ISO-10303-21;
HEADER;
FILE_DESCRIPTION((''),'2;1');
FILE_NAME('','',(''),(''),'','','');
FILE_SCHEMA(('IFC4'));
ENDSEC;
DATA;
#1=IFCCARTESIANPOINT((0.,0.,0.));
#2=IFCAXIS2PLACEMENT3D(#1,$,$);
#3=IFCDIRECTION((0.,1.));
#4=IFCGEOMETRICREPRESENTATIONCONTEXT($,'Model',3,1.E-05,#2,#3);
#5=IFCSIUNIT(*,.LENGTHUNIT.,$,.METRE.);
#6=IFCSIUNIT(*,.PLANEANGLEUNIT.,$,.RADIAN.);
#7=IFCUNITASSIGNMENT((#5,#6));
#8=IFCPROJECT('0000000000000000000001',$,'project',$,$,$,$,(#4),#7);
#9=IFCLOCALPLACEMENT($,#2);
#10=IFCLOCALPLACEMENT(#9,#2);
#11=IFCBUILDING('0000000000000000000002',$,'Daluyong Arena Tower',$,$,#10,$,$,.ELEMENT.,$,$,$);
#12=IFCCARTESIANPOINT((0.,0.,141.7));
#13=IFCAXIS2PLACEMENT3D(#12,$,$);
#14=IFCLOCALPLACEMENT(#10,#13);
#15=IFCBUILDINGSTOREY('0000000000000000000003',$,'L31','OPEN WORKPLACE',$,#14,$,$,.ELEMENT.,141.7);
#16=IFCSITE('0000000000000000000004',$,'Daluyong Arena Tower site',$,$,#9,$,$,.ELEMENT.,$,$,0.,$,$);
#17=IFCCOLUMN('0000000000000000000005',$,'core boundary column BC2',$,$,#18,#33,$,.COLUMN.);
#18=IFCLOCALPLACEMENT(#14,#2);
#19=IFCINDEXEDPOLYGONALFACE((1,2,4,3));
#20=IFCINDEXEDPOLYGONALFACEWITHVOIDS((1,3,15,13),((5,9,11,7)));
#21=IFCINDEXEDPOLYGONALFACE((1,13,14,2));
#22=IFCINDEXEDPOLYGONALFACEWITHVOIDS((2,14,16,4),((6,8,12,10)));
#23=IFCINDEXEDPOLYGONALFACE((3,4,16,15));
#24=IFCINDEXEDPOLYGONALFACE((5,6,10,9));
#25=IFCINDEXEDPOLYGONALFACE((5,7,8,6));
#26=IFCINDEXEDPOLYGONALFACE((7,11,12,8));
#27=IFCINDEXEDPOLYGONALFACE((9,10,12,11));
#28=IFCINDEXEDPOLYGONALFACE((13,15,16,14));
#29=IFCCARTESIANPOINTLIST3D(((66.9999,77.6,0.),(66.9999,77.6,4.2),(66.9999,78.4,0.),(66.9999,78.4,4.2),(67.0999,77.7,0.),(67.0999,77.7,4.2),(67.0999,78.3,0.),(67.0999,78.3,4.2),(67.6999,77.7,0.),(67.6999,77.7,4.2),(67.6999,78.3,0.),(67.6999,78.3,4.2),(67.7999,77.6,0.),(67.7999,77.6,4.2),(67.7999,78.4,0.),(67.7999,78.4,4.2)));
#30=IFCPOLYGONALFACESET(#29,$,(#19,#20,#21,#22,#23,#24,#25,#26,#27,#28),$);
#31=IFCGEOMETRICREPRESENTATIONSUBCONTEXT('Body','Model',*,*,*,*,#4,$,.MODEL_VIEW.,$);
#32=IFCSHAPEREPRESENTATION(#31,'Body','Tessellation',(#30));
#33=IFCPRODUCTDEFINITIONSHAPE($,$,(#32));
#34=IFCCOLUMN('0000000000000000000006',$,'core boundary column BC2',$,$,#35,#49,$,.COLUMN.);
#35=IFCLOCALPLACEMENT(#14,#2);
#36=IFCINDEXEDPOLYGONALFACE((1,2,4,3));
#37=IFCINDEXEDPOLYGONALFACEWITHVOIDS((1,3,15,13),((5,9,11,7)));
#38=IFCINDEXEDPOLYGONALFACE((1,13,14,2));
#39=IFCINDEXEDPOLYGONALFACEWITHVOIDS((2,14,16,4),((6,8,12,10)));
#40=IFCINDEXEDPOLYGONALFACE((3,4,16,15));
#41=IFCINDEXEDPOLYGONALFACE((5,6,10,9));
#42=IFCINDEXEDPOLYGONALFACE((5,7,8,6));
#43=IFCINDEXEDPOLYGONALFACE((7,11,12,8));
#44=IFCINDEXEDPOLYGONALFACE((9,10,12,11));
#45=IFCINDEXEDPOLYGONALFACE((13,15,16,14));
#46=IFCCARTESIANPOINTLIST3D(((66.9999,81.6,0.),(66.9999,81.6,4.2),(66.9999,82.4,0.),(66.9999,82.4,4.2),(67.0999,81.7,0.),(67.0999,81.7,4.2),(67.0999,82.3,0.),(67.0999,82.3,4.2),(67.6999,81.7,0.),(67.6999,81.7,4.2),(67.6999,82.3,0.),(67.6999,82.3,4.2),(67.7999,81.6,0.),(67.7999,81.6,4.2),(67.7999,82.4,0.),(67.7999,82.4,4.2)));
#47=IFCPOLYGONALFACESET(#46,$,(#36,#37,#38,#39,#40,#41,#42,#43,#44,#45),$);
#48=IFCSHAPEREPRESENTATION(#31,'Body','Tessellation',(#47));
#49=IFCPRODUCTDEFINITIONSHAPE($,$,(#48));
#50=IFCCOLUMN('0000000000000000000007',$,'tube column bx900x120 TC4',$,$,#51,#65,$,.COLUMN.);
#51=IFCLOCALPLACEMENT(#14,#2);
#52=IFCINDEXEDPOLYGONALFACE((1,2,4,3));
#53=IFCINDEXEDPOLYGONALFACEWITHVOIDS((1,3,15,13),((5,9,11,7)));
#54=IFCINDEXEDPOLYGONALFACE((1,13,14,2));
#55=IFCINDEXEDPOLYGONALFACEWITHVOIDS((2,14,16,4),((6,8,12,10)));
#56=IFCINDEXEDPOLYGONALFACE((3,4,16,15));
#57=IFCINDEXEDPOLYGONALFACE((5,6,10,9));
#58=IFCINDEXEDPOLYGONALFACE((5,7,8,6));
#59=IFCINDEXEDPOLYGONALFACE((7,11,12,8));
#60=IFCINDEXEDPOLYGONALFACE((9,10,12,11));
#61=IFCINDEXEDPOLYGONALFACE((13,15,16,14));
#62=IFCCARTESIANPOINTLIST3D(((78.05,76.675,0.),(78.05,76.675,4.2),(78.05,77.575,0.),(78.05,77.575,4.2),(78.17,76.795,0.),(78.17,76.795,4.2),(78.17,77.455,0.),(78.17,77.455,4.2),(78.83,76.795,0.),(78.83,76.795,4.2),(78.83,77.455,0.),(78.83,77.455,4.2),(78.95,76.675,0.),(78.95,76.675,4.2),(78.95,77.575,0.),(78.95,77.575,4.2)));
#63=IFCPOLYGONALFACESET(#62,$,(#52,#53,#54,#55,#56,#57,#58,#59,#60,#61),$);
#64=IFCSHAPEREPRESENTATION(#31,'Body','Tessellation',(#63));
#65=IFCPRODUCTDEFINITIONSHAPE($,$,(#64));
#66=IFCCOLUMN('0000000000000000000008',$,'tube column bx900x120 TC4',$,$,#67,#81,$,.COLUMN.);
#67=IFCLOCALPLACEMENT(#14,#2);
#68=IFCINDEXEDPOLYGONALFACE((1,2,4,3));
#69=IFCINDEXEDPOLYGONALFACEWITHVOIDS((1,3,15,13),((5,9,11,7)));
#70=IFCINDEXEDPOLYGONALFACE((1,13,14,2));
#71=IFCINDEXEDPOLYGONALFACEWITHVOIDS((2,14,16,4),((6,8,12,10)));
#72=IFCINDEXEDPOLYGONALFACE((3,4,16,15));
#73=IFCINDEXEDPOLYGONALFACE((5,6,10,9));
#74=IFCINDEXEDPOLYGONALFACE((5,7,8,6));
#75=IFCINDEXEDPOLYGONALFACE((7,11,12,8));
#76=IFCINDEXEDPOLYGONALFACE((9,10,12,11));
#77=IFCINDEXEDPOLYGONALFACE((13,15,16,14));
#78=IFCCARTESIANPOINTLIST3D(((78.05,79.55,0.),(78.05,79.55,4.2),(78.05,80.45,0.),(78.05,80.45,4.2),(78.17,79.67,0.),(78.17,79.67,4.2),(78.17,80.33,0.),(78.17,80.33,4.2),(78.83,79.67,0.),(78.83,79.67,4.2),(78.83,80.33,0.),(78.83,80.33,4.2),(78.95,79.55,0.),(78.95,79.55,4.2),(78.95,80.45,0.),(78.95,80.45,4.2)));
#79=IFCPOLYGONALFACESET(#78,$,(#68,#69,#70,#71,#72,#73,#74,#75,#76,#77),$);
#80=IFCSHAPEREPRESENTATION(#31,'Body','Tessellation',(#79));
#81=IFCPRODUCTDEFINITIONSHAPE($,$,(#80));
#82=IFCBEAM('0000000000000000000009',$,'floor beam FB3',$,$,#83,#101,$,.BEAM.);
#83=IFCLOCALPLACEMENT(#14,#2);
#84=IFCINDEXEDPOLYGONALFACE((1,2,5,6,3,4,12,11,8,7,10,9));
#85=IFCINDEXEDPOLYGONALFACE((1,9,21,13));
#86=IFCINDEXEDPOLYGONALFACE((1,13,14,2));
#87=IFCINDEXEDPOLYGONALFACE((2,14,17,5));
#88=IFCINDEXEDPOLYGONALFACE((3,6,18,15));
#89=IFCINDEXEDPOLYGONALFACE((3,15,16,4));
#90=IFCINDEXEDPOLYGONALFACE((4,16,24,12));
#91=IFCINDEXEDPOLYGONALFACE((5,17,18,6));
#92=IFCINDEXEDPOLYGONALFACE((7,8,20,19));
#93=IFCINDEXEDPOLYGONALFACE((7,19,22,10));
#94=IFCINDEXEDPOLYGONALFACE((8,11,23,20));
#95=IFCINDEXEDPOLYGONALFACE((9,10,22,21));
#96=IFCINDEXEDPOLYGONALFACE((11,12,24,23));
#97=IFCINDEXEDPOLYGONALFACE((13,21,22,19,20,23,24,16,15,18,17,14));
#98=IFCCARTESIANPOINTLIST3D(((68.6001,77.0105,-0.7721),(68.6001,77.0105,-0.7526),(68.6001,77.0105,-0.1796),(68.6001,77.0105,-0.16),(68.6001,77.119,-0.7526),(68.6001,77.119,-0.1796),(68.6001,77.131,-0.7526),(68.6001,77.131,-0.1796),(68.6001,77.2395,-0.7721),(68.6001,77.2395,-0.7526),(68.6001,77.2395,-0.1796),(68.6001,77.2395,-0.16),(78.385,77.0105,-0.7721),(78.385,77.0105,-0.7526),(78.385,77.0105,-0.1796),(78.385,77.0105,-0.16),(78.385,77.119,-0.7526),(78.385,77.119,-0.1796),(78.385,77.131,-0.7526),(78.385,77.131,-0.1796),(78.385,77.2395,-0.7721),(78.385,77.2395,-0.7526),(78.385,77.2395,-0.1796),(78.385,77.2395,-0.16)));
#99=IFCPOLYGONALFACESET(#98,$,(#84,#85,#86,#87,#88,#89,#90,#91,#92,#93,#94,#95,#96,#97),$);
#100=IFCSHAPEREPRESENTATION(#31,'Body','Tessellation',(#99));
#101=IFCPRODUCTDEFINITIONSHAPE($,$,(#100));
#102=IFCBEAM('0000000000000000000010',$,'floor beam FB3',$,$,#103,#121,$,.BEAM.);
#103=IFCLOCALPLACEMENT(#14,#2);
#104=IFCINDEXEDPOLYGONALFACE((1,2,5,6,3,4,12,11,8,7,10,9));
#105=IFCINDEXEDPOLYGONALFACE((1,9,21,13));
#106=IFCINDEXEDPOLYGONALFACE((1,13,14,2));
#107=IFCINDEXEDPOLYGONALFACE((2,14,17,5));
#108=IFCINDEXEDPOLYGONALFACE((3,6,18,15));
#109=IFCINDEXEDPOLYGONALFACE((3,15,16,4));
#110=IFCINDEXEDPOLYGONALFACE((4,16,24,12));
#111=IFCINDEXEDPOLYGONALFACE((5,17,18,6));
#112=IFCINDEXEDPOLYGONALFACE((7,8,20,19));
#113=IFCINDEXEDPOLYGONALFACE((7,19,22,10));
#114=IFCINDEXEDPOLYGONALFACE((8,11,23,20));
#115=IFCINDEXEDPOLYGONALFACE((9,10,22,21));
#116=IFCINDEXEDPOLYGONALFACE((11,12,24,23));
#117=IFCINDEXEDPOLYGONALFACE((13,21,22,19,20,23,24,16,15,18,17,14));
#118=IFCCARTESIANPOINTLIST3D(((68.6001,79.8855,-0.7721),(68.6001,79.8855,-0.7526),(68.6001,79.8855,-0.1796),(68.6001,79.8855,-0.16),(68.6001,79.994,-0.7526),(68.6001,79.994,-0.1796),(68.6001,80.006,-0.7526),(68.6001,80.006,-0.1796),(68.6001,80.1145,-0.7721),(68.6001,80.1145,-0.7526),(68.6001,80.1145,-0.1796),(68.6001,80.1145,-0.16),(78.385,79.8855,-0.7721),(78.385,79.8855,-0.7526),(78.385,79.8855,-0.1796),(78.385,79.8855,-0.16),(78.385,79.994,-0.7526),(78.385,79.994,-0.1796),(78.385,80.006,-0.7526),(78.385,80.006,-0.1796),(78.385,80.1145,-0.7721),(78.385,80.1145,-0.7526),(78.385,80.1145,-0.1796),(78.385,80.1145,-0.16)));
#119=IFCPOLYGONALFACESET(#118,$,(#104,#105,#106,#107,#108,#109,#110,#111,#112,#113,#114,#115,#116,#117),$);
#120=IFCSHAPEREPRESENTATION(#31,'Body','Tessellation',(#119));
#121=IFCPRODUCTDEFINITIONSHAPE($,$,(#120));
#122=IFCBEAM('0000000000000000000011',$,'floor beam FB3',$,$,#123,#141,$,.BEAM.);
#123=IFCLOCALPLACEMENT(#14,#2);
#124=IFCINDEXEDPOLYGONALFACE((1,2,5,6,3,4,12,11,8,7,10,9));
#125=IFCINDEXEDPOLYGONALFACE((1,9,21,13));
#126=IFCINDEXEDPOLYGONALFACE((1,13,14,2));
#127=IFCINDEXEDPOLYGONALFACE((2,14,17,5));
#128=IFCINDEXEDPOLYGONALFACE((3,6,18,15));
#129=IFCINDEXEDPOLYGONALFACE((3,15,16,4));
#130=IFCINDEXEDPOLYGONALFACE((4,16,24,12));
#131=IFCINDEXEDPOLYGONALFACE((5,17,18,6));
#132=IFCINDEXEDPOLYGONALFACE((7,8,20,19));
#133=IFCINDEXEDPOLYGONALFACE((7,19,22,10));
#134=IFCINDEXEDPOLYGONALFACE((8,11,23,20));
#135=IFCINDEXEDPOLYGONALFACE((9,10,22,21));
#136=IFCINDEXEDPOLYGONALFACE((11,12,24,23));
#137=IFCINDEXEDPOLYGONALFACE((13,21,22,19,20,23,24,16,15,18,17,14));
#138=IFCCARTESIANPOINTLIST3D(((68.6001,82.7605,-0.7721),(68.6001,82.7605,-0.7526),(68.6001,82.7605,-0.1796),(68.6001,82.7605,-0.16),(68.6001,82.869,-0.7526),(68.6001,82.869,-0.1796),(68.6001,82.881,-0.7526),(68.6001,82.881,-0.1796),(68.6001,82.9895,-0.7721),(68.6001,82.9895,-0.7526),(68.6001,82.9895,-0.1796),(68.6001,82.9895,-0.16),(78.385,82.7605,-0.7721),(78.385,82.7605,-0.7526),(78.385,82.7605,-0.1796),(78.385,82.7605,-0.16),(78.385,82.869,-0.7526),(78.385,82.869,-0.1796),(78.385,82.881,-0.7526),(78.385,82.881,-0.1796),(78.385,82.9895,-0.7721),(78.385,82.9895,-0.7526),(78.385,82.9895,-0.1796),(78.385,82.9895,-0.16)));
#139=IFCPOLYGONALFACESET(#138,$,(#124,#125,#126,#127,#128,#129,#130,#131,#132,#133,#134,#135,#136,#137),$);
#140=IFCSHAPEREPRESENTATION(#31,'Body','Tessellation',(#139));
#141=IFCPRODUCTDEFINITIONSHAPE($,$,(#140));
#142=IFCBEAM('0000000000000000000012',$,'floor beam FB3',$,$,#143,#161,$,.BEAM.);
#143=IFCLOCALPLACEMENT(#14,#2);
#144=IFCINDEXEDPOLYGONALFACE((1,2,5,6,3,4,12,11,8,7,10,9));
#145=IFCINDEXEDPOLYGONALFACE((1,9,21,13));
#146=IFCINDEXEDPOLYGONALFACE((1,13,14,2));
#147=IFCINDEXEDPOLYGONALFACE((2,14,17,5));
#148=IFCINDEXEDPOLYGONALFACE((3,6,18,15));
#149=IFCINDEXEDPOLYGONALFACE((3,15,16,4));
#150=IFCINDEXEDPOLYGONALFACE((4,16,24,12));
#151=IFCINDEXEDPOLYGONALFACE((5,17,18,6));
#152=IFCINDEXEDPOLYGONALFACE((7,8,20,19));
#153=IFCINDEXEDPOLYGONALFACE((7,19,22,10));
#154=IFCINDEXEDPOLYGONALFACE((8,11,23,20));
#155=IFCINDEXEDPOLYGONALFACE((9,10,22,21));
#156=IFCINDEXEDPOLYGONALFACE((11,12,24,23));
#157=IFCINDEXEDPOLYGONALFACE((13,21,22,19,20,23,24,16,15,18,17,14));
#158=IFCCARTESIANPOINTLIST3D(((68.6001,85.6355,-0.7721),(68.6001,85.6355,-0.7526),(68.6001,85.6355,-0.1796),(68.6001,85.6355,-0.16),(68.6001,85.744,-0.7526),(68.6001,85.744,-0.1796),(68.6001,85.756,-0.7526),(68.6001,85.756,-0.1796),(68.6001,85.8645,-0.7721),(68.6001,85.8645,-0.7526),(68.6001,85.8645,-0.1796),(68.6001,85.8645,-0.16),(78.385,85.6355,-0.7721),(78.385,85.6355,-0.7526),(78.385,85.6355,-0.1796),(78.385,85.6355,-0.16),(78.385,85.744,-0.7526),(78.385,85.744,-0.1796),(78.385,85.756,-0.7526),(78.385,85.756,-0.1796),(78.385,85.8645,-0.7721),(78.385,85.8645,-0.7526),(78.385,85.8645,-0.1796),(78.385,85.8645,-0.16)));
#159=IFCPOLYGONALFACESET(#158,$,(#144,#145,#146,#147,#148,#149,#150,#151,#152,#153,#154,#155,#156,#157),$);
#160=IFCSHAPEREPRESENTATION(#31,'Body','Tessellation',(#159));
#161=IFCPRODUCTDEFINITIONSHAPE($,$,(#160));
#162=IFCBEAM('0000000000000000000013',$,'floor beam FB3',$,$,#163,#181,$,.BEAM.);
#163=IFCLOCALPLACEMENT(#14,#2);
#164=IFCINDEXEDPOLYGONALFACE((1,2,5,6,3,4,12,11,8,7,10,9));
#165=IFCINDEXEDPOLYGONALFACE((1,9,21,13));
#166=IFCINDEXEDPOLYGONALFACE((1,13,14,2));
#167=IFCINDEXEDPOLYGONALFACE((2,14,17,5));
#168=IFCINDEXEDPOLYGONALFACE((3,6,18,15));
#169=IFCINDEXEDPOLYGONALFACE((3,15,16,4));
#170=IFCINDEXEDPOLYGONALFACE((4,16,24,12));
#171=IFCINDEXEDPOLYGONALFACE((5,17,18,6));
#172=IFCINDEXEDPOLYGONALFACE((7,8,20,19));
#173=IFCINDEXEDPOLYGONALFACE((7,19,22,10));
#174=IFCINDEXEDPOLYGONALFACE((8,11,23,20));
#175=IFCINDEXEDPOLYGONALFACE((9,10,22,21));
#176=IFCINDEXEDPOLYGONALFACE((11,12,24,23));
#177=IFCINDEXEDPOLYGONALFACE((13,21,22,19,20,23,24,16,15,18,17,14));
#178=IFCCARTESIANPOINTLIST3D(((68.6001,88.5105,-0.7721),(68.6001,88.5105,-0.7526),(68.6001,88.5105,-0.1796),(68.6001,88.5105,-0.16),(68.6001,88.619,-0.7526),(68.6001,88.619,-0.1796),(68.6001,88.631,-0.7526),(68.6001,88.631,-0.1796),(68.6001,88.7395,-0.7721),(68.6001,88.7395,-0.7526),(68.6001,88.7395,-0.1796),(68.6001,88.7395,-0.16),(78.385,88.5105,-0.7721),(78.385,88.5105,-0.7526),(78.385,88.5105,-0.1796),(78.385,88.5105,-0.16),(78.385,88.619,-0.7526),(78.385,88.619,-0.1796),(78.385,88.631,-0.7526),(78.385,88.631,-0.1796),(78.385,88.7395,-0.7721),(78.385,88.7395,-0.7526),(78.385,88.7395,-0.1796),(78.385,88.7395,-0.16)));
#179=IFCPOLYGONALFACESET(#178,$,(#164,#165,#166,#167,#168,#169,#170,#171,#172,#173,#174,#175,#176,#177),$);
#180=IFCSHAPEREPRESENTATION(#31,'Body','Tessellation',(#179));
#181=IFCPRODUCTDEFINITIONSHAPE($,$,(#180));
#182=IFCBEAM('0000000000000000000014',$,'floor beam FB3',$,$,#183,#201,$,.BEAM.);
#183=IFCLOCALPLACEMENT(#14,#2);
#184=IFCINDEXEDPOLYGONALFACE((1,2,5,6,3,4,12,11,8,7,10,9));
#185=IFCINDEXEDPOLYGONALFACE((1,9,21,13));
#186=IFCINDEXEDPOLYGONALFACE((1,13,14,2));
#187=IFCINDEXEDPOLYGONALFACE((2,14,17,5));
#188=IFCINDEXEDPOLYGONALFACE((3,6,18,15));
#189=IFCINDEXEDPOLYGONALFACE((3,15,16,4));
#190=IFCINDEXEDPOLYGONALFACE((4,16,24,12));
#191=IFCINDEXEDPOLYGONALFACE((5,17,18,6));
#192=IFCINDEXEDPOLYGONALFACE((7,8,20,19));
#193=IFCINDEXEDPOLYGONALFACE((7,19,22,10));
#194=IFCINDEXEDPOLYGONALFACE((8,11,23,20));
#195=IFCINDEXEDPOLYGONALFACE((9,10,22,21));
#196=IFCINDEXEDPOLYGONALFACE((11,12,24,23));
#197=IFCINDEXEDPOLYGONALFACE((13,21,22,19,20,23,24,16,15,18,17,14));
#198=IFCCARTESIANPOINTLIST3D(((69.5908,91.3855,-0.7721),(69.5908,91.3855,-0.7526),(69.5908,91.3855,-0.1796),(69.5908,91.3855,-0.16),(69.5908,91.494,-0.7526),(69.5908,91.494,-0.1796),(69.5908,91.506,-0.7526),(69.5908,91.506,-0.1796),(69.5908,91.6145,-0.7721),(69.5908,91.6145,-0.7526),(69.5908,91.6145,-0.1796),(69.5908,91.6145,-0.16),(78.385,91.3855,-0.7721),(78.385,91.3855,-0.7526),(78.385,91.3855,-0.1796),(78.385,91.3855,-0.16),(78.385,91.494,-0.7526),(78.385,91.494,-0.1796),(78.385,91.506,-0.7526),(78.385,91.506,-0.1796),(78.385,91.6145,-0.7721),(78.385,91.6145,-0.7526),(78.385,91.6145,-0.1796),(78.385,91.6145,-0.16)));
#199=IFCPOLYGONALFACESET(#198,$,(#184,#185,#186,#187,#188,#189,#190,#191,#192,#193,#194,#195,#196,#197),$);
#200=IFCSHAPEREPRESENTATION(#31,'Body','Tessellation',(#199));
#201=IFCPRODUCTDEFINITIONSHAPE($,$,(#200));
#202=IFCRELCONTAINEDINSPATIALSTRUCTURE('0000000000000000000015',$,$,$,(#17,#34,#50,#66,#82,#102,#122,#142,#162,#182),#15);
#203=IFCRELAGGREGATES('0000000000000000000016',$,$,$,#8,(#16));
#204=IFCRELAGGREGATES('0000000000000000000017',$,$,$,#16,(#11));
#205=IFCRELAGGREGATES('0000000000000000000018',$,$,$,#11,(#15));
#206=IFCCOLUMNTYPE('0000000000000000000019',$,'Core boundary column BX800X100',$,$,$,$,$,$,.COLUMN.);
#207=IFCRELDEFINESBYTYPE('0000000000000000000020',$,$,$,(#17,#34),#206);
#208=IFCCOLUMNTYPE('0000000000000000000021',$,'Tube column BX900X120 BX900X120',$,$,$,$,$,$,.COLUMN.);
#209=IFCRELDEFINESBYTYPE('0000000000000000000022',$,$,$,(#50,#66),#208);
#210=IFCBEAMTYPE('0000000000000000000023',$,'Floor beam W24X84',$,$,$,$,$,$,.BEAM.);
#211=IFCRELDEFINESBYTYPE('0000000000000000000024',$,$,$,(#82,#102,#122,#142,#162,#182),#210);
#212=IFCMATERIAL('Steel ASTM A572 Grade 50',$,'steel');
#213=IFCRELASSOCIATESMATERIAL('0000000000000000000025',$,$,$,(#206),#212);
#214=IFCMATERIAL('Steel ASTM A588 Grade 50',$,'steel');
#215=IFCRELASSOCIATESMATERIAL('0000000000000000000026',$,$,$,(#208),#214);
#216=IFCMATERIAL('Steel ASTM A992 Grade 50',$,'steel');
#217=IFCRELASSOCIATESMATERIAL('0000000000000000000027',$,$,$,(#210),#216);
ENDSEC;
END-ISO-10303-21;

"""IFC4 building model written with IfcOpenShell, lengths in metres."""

from ifc_helpers import new_model, si_unit, direction, frame, origin, origin_2d, place, context, subcontext, project, spatial, hollow_rectangle, i_section, extrude, material, material_profile, profile_set, type_object, element, save


model = new_model("IFC4")

# Units and contexts
model_context = context("Model", 3, precision=1e-05, world=origin(), true_north=direction((0.0, 1.0)))
body_context = subcontext(model_context, "Body", "Model", "MODEL_VIEW")
ifc_project = project(units=[si_unit("LENGTHUNIT", "METRE"), si_unit("PLANEANGLEUNIT", "RADIAN")], contexts=[model_context])

# Site, building, storey
site_placement = place(None, origin())
site = spatial("IfcSite", under=ifc_project, at=site_placement, Name="Daluyong Arena Tower site", CompositionType="ELEMENT", RefElevation=0.0)
building_placement = place(site_placement, origin())
building = spatial("IfcBuilding", under=site, at=building_placement, Name="Daluyong Arena Tower", CompositionType="ELEMENT")
storey_placement = place(building_placement, frame((0.0, 0.0, 141.7)))
storey = spatial("IfcBuildingStorey", under=building, at=storey_placement, Name="L31", Description="OPEN WORKPLACE", CompositionType="ELEMENT", Elevation=141.7)

# Columns
ifc_material_1 = material(Name="Steel ASTM A572 Grade 50", Category="steel")
ifc_material_profile_1 = material_profile(ifc_material_1, hollow_rectangle(XDim=0.8, YDim=0.8, WallThickness=0.1, at=origin_2d()))
ifc_profile_set_1 = profile_set([ifc_material_profile_1], Name="Steel ASTM A572 Grade 50")
column_type_1 = type_object("IfcColumnType", Name="Core boundary column BX800X100", PredefinedType="COLUMN", material=ifc_profile_set_1)
for number, where, z_axis, x_axis, name in (
    (1, (67.3999, 78.0, 0.0), (0.0, 0.0, 1.0), (1.0, 0.0, 0.0), "core boundary column BC2"),
    (2, (67.3999, 82.0, 0.0), (0.0, 0.0, 1.0), (1.0, 0.0, 0.0), "core boundary column BC2"),
):
    element("IfcColumn", number, at=place(storey_placement, frame(where, z_axis=z_axis, x_axis=x_axis)), inside=storey, type_object=column_type_1, Name=name, PredefinedType="COLUMN", context=body_context, shape_type="SweptSolid", body=[
        extrude(hollow_rectangle(XDim=0.8, YDim=0.8, WallThickness=0.1, at=origin_2d()), origin(), (0.0, 0.0, 1.0), 4.2),
    ])
ifc_material_2 = material(Name="Steel ASTM A588 Grade 50", Category="steel")
ifc_material_profile_2 = material_profile(ifc_material_2, hollow_rectangle(XDim=0.8999, YDim=0.8999, WallThickness=0.12, at=origin_2d()))
ifc_profile_set_2 = profile_set([ifc_material_profile_2], Name="Steel ASTM A588 Grade 50")
column_type_2 = type_object("IfcColumnType", Name="Tube column BX900X120 BX900X120", PredefinedType="COLUMN", material=ifc_profile_set_2)
for number, where, z_axis, x_axis, name in (
    (3, (78.5, 77.125, 0.0), (0.0, 0.0, 1.0), (0.0, 1.0, 0.0), "tube column bx900x120 TC4"),
    (4, (78.5, 80.0, 0.0), (0.0, 0.0, 1.0), (0.0, 1.0, 0.0), "tube column bx900x120 TC4"),
):
    element("IfcColumn", number, at=place(storey_placement, frame(where, z_axis=z_axis, x_axis=x_axis)), inside=storey, type_object=column_type_2, Name=name, PredefinedType="COLUMN", context=body_context, shape_type="SweptSolid", body=[
        extrude(hollow_rectangle(XDim=0.8999, YDim=0.8999, WallThickness=0.12, at=origin_2d()), origin(), (0.0, 0.0, 1.0), 4.2),
    ])

# Beams
ifc_material_3 = material(Name="Steel ASTM A992 Grade 50", Category="steel")
ifc_material_profile_3 = material_profile(ifc_material_3, i_section(OverallWidth=0.229, OverallDepth=0.6121, WebThickness=0.012, FlangeThickness=0.0195, at=origin_2d()))
ifc_profile_set_3 = profile_set([ifc_material_profile_3], Name="Steel ASTM A992 Grade 50")
beam_type_1 = type_object("IfcBeamType", Name="Floor beam W24X84", PredefinedType="BEAM", material=ifc_profile_set_3)
for number, where, z_axis, x_axis, name in (
    (5, (78.385, 77.125, -0.4661), (-1.0, 0.0, 0.0), (0.0, -1.0, 0.0), "floor beam FB3"),
    (6, (78.385, 80.0, -0.4661), (-1.0, 0.0, 0.0), (0.0, -1.0, 0.0), "floor beam FB3"),
    (7, (78.385, 82.875, -0.4661), (-1.0, 0.0, 0.0), (0.0, -1.0, 0.0), "floor beam FB3"),
    (8, (78.385, 85.75, -0.4661), (-1.0, 0.0, 0.0), (0.0, -1.0, 0.0), "floor beam FB3"),
    (9, (78.385, 88.625, -0.4661), (-1.0, 0.0, 0.0), (0.0, -1.0, 0.0), "floor beam FB3"),
):
    element("IfcBeam", number, at=place(storey_placement, frame(where, z_axis=z_axis, x_axis=x_axis)), inside=storey, type_object=beam_type_1, Name=name, PredefinedType="BEAM", context=body_context, shape_type="SweptSolid", body=[
        extrude(i_section(OverallWidth=0.229, OverallDepth=0.6121, WebThickness=0.012, FlangeThickness=0.0195, at=origin_2d()), origin(), (0.0, 0.0, 1.0), 9.7849),
    ])
beam_1_placement = place(storey_placement, frame((78.385, 91.5, -0.4661), z_axis=(-1.0, 0.0, 0.0), x_axis=(0.0, -1.0, 0.0)))
element("IfcBeam", 10, at=beam_1_placement, inside=storey, type_object=beam_type_1, Name="floor beam FB3", PredefinedType="BEAM", context=body_context, shape_type="SweptSolid", body=[
    extrude(i_section(OverallWidth=0.229, OverallDepth=0.6121, WebThickness=0.012, FlangeThickness=0.0195, at=origin_2d()), origin(), (0.0, 0.0, 1.0), 8.7942),
])

save(model, "model.ifc")
